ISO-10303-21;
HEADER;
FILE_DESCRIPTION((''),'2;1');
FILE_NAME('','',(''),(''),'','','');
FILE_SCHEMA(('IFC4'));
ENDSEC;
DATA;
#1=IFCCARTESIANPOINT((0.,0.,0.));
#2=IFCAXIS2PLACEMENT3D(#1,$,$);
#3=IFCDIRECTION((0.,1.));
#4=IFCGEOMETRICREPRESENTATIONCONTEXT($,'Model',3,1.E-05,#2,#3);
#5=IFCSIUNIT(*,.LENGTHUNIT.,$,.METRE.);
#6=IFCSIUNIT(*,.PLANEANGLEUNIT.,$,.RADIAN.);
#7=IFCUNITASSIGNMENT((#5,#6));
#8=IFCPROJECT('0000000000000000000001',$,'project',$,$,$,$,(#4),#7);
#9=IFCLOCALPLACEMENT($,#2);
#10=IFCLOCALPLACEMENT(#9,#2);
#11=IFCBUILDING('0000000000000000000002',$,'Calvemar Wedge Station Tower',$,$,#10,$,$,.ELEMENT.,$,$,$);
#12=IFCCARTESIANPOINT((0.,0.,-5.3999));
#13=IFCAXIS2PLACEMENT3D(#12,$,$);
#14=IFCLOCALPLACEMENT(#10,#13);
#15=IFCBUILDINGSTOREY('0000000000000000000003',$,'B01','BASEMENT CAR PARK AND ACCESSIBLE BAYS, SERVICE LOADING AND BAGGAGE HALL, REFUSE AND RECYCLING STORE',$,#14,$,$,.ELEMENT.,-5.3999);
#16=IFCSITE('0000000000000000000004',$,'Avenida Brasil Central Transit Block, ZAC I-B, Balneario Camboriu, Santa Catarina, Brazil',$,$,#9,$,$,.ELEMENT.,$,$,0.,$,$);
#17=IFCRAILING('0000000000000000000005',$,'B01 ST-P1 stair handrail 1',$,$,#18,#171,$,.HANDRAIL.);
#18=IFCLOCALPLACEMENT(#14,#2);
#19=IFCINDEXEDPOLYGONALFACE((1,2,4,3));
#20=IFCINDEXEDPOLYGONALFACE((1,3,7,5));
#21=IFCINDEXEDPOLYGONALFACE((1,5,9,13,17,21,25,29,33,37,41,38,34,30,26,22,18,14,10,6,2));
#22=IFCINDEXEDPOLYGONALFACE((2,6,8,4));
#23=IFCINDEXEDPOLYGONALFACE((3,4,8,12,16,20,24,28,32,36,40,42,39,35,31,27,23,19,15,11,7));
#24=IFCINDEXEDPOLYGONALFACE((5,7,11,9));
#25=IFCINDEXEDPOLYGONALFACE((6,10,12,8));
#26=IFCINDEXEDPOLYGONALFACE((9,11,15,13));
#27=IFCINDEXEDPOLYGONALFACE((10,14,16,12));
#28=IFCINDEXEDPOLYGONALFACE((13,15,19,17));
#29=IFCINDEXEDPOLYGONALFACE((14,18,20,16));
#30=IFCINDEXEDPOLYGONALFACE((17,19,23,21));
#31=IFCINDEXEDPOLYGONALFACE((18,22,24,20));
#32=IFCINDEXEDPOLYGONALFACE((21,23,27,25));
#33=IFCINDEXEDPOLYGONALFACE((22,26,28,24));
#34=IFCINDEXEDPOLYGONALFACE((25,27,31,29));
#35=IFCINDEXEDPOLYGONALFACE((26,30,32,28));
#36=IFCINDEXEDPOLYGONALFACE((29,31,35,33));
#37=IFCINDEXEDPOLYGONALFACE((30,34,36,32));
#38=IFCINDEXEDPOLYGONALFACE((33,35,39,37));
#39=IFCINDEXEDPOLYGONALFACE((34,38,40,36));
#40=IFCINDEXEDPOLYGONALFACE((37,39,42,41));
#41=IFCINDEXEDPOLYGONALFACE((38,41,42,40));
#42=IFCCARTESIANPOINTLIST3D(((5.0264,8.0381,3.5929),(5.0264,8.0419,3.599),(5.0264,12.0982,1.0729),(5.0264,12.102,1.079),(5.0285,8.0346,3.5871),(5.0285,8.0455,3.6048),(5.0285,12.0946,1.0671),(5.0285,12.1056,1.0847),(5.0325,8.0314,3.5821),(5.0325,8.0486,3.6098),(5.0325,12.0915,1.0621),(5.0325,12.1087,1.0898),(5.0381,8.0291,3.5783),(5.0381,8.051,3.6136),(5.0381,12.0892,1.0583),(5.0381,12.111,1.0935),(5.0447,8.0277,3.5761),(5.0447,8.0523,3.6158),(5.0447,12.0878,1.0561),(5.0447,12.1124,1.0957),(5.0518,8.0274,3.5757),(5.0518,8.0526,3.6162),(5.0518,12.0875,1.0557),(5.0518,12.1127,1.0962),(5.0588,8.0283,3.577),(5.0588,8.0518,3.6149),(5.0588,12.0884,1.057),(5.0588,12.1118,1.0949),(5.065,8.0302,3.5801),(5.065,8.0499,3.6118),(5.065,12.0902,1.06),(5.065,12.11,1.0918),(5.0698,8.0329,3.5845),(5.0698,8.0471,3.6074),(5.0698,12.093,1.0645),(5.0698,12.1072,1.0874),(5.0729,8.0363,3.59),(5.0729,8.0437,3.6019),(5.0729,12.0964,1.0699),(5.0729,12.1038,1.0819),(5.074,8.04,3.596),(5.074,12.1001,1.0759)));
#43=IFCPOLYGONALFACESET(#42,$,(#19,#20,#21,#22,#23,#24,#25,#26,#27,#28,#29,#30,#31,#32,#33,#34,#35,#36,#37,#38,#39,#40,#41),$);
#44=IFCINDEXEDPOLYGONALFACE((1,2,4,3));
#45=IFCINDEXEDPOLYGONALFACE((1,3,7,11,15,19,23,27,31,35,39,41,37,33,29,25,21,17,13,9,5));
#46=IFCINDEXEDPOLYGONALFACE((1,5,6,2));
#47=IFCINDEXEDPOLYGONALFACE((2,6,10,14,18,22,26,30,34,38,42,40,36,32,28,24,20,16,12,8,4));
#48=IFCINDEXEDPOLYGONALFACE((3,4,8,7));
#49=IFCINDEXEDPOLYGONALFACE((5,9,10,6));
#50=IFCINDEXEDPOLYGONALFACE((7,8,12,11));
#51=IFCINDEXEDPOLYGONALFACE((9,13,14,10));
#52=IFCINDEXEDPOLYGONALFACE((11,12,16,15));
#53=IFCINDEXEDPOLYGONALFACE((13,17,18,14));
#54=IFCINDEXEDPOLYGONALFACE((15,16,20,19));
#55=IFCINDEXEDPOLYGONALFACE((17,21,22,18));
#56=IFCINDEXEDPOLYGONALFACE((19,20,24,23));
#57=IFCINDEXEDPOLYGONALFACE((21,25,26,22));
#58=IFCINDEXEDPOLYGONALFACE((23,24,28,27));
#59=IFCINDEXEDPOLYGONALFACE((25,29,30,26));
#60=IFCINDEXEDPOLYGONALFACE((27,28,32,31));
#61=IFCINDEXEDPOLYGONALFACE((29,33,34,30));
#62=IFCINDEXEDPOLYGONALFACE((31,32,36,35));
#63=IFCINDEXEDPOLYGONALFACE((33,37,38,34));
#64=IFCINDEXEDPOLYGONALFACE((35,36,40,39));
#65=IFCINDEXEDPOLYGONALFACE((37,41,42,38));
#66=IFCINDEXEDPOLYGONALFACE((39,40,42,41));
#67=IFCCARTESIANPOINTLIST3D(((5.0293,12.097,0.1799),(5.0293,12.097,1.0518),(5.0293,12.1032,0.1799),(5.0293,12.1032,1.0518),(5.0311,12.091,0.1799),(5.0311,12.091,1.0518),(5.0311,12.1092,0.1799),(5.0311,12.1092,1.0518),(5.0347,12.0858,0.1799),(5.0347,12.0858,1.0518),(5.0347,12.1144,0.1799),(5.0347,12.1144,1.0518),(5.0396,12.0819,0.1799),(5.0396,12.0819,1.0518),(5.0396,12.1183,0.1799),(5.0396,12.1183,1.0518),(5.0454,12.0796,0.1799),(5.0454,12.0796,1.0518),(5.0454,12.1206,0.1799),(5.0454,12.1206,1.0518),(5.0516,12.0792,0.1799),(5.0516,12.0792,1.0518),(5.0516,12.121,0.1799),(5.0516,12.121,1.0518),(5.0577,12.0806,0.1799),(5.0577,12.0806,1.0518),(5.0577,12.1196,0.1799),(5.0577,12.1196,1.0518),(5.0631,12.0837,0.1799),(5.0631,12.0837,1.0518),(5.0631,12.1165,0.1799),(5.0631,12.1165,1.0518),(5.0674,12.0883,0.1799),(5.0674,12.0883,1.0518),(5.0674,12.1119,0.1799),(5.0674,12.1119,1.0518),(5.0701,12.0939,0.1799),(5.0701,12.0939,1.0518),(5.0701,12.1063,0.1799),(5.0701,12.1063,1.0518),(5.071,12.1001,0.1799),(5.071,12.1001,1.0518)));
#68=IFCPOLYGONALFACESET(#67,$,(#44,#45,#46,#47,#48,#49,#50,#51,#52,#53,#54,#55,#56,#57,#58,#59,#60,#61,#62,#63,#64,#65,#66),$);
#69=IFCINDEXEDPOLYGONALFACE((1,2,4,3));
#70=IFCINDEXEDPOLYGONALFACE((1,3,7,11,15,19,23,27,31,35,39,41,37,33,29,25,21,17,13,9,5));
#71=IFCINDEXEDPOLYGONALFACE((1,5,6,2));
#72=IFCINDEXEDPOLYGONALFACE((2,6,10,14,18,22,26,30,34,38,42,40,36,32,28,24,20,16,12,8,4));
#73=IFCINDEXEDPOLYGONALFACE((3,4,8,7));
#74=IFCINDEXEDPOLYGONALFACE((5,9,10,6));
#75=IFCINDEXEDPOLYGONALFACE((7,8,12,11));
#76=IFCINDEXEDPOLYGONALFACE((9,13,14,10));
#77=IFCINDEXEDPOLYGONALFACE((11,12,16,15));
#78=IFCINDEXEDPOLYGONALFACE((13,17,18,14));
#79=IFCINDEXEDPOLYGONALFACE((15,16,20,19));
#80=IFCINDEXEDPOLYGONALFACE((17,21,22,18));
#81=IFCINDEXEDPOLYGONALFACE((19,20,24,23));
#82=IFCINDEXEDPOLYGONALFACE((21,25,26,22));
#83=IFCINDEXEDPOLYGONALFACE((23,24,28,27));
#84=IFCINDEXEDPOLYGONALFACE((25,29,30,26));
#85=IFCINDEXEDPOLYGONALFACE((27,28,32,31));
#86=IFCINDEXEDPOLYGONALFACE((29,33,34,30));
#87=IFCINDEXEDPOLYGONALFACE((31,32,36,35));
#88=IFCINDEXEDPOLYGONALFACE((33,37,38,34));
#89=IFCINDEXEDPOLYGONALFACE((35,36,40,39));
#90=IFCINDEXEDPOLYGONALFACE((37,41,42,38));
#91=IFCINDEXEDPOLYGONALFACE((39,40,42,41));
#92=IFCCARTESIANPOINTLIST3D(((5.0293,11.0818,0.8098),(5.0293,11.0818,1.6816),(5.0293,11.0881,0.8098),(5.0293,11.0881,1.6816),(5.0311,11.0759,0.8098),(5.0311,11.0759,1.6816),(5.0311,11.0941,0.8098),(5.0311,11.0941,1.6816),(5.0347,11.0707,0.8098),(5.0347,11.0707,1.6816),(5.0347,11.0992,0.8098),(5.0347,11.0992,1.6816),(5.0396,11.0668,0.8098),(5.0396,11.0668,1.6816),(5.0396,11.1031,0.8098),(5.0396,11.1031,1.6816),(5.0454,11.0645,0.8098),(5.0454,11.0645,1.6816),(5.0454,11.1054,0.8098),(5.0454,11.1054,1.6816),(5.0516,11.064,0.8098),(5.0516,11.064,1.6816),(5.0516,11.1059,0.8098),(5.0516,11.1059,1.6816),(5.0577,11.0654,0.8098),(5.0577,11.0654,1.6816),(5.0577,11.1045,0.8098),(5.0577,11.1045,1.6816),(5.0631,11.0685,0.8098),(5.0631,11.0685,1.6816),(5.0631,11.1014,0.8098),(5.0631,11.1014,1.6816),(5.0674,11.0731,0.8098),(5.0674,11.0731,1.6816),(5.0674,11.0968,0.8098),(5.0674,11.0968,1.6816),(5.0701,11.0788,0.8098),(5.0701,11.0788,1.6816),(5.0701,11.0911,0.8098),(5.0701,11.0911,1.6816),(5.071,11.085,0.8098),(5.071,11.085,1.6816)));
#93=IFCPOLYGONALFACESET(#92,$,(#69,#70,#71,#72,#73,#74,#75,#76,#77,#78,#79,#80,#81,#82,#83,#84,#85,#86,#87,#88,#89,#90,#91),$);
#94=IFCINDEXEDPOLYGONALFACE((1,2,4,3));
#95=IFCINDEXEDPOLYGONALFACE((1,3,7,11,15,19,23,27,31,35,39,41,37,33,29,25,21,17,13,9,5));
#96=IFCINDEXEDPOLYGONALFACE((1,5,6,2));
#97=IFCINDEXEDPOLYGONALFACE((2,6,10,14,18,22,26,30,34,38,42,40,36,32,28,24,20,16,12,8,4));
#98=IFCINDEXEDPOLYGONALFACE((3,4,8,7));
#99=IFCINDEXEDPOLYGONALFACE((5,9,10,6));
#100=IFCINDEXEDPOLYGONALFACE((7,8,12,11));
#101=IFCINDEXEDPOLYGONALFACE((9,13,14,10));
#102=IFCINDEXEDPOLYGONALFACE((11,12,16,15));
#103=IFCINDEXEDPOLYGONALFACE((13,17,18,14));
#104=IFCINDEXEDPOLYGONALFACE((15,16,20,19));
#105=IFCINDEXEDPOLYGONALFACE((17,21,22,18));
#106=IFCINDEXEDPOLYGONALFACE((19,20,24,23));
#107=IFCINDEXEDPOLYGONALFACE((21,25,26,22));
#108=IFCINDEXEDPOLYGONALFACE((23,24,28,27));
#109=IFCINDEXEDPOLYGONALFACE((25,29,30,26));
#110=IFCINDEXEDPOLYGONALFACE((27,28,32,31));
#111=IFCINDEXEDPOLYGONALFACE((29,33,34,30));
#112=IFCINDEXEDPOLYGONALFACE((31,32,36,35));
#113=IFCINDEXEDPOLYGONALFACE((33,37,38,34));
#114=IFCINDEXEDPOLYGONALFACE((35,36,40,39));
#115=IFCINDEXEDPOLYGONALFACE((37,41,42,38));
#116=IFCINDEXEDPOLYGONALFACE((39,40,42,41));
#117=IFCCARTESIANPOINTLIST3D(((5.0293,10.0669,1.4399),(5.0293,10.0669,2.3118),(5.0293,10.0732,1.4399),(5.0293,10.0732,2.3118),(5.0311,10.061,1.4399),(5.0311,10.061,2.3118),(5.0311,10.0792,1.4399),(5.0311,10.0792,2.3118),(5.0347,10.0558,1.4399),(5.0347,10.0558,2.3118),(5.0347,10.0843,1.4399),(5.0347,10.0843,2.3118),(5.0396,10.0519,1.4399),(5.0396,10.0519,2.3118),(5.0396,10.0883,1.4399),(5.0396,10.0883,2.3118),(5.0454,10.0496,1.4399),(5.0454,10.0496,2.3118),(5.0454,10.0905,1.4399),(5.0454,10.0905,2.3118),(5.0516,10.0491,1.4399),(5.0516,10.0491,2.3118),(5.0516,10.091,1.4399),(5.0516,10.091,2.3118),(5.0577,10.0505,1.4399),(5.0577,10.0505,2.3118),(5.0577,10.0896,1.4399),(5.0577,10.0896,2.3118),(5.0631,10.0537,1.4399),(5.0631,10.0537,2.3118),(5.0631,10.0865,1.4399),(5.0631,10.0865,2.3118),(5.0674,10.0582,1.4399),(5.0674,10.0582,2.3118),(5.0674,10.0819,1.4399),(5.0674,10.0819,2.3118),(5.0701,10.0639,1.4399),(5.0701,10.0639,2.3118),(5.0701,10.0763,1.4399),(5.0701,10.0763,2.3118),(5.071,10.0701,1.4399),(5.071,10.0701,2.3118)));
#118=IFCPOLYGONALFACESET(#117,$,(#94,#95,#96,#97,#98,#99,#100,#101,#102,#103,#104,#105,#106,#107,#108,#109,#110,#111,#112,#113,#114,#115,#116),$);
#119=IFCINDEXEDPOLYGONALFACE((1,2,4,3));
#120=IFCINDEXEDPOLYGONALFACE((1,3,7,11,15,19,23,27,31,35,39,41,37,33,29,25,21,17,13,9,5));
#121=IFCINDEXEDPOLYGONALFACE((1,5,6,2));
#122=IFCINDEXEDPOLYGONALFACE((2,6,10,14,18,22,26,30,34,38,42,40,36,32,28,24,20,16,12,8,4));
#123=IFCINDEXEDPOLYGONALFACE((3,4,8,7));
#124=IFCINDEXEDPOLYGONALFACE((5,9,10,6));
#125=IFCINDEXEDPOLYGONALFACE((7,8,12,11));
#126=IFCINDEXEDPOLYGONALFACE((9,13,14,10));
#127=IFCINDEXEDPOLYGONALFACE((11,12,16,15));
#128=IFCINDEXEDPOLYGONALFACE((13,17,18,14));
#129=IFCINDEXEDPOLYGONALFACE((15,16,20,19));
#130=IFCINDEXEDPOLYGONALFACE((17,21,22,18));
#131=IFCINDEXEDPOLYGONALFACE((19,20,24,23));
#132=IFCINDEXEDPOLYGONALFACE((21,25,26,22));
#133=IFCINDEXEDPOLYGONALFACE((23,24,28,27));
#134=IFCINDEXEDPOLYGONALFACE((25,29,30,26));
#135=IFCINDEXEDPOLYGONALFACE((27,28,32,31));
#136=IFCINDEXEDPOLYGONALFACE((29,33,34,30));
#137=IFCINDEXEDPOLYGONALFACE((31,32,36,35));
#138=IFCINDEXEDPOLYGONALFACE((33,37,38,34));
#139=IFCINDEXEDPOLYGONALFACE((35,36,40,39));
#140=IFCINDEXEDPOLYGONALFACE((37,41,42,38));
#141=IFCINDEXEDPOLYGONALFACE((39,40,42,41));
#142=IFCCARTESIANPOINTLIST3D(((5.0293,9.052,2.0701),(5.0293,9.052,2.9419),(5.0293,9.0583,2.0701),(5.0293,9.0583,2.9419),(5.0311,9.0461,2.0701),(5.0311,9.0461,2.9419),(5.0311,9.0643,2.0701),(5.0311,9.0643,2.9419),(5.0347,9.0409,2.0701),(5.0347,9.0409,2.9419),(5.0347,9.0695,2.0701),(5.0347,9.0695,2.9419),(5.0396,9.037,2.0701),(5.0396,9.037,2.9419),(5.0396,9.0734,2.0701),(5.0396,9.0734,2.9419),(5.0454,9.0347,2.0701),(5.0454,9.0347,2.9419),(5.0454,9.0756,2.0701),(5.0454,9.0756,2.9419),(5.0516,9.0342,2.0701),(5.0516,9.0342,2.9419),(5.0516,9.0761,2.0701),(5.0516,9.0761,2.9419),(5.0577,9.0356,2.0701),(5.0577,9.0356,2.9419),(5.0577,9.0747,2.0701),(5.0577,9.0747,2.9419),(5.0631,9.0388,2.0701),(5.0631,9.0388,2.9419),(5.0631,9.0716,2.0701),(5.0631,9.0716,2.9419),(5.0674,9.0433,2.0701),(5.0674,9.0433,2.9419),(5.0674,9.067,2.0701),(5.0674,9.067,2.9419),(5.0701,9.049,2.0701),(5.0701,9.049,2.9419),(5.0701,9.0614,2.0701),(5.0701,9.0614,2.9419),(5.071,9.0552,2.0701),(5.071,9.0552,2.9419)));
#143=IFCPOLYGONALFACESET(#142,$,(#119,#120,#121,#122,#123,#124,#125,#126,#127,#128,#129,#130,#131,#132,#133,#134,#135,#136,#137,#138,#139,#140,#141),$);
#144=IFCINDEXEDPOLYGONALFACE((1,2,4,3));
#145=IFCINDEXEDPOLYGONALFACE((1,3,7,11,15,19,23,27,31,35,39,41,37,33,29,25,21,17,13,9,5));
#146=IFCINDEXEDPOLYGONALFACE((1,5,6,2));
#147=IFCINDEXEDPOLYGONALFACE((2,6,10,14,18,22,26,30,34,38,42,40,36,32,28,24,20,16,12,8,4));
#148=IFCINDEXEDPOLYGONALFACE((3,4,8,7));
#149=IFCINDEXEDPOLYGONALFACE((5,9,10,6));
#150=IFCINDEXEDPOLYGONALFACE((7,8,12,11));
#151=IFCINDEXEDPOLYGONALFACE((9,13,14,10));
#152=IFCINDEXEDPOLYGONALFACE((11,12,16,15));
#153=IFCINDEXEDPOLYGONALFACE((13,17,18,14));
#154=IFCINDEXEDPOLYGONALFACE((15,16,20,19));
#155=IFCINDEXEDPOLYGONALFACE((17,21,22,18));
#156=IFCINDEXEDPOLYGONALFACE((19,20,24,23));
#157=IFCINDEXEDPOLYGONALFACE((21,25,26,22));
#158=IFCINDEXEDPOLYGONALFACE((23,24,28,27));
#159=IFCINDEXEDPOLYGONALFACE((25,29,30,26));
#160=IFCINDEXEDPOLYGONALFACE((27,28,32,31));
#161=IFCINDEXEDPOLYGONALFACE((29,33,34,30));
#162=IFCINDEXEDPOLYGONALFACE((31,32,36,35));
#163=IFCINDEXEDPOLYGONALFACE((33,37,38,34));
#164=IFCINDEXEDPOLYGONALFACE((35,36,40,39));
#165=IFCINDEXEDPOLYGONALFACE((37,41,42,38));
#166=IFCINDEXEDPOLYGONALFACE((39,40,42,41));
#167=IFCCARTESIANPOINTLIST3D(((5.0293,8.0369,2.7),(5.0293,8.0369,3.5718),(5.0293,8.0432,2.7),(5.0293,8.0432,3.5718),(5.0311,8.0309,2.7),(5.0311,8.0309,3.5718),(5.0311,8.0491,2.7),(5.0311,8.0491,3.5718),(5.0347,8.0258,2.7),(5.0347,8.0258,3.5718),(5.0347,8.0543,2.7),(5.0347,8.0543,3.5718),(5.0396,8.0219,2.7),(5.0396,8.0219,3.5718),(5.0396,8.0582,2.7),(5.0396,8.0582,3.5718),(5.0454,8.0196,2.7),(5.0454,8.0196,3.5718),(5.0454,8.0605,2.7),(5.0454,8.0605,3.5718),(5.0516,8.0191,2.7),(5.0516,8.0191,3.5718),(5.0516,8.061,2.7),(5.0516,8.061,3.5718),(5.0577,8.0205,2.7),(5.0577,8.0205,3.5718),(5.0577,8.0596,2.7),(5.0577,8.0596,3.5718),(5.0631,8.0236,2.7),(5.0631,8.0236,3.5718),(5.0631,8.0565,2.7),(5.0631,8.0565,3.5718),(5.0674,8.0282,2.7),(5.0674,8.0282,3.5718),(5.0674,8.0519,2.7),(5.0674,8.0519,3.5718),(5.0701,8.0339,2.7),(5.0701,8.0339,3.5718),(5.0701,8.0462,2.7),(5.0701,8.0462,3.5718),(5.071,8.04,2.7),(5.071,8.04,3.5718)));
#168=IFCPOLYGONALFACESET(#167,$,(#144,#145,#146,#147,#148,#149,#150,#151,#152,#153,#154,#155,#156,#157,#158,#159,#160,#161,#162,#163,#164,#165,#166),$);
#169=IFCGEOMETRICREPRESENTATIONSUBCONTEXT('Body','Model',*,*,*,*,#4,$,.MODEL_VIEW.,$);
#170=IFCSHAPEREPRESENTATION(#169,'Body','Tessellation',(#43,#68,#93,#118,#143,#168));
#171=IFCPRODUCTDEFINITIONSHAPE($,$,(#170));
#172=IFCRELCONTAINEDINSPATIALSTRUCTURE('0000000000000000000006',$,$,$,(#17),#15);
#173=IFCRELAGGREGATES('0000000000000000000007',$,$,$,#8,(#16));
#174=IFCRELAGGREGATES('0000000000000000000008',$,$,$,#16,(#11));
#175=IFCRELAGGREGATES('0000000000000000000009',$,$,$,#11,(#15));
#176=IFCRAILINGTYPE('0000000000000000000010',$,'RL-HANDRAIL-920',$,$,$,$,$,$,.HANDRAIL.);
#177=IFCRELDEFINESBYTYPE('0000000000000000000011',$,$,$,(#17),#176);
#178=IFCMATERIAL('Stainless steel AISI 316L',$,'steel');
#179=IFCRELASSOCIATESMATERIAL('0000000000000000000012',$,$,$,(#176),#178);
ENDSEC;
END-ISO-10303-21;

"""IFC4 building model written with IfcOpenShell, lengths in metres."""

from ifc_helpers import new_model, si_unit, direction, frame, origin, origin_2d, place, context, subcontext, project, spatial, circle, extrude, material, type_object, element, save


model = new_model("IFC4")

# Units and contexts
model_context = context("Model", 3, precision=1e-05, world=origin(), true_north=direction((0.0, 1.0)))
body_context = subcontext(model_context, "Body", "Model", "MODEL_VIEW")
ifc_project = project(units=[si_unit("LENGTHUNIT", "METRE"), si_unit("PLANEANGLEUNIT", "RADIAN")], contexts=[model_context])

# Site, building, storey
site_placement = place(None, origin())
site = spatial("IfcSite", under=ifc_project, at=site_placement, Name="Avenida Brasil Central Transit Block, ZAC I-B, Balneario Camboriu, Santa Catarina, Brazil", CompositionType="ELEMENT", RefElevation=0.0)
building_placement = place(site_placement, origin())
building = spatial("IfcBuilding", under=site, at=building_placement, Name="Calvemar Wedge Station Tower", CompositionType="ELEMENT")
storey_placement = place(building_placement, frame((0.0, 0.0, -5.3999)))
storey = spatial("IfcBuildingStorey", under=building, at=storey_placement, Name="B01", Description="BASEMENT CAR PARK AND ACCESSIBLE BAYS, SERVICE LOADING AND BAGGAGE HALL, REFUSE AND RECYCLING STORE", CompositionType="ELEMENT", Elevation=-5.3999)

# Railing
ifc_material_1 = material(Name="Stainless steel AISI 316L", Category="steel")
railing_type_1 = type_object("IfcRailingType", Name="RL-HANDRAIL-920", PredefinedType="HANDRAIL", material=ifc_material_1)
railing_1_placement = place(storey_placement, frame((5.05, 12.1001, 0.1799)))
element("IfcRailing", 1, at=railing_1_placement, inside=storey, type_object=railing_type_1, Name="B01 ST-P1 stair handrail 1", PredefinedType="HANDRAIL", context=body_context, shape_type="SweptSolid", body=[
    extrude(circle(Radius=0.0239, at=origin_2d()), frame((0.0, 0.0, 0.896), z_axis=(0.0, -0.849642, 0.52736), x_axis=(1.0, 0.0, 0.0)), (0.0, 0.0, 1.0), 4.7786),
    extrude(circle(Radius=0.021, at=origin_2d()), origin(), (0.0, 0.0, 1.0), 0.8718),
    extrude(circle(Radius=0.021, at=origin_2d()), frame((0.0, -1.0151, 0.6299)), (0.0, 0.0, 1.0), 0.8718),
    extrude(circle(Radius=0.021, at=origin_2d()), frame((0.0, -2.03, 1.26)), (0.0, 0.0, 1.0), 0.8718),
    extrude(circle(Radius=0.021, at=origin_2d()), frame((0.0, -3.0449, 1.8901)), (0.0, 0.0, 1.0), 0.8718),
    extrude(circle(Radius=0.021, at=origin_2d()), frame((0.0, -4.0601, 2.52)), (0.0, 0.0, 1.0), 0.8718),
])

save(model, "model.ifc")
